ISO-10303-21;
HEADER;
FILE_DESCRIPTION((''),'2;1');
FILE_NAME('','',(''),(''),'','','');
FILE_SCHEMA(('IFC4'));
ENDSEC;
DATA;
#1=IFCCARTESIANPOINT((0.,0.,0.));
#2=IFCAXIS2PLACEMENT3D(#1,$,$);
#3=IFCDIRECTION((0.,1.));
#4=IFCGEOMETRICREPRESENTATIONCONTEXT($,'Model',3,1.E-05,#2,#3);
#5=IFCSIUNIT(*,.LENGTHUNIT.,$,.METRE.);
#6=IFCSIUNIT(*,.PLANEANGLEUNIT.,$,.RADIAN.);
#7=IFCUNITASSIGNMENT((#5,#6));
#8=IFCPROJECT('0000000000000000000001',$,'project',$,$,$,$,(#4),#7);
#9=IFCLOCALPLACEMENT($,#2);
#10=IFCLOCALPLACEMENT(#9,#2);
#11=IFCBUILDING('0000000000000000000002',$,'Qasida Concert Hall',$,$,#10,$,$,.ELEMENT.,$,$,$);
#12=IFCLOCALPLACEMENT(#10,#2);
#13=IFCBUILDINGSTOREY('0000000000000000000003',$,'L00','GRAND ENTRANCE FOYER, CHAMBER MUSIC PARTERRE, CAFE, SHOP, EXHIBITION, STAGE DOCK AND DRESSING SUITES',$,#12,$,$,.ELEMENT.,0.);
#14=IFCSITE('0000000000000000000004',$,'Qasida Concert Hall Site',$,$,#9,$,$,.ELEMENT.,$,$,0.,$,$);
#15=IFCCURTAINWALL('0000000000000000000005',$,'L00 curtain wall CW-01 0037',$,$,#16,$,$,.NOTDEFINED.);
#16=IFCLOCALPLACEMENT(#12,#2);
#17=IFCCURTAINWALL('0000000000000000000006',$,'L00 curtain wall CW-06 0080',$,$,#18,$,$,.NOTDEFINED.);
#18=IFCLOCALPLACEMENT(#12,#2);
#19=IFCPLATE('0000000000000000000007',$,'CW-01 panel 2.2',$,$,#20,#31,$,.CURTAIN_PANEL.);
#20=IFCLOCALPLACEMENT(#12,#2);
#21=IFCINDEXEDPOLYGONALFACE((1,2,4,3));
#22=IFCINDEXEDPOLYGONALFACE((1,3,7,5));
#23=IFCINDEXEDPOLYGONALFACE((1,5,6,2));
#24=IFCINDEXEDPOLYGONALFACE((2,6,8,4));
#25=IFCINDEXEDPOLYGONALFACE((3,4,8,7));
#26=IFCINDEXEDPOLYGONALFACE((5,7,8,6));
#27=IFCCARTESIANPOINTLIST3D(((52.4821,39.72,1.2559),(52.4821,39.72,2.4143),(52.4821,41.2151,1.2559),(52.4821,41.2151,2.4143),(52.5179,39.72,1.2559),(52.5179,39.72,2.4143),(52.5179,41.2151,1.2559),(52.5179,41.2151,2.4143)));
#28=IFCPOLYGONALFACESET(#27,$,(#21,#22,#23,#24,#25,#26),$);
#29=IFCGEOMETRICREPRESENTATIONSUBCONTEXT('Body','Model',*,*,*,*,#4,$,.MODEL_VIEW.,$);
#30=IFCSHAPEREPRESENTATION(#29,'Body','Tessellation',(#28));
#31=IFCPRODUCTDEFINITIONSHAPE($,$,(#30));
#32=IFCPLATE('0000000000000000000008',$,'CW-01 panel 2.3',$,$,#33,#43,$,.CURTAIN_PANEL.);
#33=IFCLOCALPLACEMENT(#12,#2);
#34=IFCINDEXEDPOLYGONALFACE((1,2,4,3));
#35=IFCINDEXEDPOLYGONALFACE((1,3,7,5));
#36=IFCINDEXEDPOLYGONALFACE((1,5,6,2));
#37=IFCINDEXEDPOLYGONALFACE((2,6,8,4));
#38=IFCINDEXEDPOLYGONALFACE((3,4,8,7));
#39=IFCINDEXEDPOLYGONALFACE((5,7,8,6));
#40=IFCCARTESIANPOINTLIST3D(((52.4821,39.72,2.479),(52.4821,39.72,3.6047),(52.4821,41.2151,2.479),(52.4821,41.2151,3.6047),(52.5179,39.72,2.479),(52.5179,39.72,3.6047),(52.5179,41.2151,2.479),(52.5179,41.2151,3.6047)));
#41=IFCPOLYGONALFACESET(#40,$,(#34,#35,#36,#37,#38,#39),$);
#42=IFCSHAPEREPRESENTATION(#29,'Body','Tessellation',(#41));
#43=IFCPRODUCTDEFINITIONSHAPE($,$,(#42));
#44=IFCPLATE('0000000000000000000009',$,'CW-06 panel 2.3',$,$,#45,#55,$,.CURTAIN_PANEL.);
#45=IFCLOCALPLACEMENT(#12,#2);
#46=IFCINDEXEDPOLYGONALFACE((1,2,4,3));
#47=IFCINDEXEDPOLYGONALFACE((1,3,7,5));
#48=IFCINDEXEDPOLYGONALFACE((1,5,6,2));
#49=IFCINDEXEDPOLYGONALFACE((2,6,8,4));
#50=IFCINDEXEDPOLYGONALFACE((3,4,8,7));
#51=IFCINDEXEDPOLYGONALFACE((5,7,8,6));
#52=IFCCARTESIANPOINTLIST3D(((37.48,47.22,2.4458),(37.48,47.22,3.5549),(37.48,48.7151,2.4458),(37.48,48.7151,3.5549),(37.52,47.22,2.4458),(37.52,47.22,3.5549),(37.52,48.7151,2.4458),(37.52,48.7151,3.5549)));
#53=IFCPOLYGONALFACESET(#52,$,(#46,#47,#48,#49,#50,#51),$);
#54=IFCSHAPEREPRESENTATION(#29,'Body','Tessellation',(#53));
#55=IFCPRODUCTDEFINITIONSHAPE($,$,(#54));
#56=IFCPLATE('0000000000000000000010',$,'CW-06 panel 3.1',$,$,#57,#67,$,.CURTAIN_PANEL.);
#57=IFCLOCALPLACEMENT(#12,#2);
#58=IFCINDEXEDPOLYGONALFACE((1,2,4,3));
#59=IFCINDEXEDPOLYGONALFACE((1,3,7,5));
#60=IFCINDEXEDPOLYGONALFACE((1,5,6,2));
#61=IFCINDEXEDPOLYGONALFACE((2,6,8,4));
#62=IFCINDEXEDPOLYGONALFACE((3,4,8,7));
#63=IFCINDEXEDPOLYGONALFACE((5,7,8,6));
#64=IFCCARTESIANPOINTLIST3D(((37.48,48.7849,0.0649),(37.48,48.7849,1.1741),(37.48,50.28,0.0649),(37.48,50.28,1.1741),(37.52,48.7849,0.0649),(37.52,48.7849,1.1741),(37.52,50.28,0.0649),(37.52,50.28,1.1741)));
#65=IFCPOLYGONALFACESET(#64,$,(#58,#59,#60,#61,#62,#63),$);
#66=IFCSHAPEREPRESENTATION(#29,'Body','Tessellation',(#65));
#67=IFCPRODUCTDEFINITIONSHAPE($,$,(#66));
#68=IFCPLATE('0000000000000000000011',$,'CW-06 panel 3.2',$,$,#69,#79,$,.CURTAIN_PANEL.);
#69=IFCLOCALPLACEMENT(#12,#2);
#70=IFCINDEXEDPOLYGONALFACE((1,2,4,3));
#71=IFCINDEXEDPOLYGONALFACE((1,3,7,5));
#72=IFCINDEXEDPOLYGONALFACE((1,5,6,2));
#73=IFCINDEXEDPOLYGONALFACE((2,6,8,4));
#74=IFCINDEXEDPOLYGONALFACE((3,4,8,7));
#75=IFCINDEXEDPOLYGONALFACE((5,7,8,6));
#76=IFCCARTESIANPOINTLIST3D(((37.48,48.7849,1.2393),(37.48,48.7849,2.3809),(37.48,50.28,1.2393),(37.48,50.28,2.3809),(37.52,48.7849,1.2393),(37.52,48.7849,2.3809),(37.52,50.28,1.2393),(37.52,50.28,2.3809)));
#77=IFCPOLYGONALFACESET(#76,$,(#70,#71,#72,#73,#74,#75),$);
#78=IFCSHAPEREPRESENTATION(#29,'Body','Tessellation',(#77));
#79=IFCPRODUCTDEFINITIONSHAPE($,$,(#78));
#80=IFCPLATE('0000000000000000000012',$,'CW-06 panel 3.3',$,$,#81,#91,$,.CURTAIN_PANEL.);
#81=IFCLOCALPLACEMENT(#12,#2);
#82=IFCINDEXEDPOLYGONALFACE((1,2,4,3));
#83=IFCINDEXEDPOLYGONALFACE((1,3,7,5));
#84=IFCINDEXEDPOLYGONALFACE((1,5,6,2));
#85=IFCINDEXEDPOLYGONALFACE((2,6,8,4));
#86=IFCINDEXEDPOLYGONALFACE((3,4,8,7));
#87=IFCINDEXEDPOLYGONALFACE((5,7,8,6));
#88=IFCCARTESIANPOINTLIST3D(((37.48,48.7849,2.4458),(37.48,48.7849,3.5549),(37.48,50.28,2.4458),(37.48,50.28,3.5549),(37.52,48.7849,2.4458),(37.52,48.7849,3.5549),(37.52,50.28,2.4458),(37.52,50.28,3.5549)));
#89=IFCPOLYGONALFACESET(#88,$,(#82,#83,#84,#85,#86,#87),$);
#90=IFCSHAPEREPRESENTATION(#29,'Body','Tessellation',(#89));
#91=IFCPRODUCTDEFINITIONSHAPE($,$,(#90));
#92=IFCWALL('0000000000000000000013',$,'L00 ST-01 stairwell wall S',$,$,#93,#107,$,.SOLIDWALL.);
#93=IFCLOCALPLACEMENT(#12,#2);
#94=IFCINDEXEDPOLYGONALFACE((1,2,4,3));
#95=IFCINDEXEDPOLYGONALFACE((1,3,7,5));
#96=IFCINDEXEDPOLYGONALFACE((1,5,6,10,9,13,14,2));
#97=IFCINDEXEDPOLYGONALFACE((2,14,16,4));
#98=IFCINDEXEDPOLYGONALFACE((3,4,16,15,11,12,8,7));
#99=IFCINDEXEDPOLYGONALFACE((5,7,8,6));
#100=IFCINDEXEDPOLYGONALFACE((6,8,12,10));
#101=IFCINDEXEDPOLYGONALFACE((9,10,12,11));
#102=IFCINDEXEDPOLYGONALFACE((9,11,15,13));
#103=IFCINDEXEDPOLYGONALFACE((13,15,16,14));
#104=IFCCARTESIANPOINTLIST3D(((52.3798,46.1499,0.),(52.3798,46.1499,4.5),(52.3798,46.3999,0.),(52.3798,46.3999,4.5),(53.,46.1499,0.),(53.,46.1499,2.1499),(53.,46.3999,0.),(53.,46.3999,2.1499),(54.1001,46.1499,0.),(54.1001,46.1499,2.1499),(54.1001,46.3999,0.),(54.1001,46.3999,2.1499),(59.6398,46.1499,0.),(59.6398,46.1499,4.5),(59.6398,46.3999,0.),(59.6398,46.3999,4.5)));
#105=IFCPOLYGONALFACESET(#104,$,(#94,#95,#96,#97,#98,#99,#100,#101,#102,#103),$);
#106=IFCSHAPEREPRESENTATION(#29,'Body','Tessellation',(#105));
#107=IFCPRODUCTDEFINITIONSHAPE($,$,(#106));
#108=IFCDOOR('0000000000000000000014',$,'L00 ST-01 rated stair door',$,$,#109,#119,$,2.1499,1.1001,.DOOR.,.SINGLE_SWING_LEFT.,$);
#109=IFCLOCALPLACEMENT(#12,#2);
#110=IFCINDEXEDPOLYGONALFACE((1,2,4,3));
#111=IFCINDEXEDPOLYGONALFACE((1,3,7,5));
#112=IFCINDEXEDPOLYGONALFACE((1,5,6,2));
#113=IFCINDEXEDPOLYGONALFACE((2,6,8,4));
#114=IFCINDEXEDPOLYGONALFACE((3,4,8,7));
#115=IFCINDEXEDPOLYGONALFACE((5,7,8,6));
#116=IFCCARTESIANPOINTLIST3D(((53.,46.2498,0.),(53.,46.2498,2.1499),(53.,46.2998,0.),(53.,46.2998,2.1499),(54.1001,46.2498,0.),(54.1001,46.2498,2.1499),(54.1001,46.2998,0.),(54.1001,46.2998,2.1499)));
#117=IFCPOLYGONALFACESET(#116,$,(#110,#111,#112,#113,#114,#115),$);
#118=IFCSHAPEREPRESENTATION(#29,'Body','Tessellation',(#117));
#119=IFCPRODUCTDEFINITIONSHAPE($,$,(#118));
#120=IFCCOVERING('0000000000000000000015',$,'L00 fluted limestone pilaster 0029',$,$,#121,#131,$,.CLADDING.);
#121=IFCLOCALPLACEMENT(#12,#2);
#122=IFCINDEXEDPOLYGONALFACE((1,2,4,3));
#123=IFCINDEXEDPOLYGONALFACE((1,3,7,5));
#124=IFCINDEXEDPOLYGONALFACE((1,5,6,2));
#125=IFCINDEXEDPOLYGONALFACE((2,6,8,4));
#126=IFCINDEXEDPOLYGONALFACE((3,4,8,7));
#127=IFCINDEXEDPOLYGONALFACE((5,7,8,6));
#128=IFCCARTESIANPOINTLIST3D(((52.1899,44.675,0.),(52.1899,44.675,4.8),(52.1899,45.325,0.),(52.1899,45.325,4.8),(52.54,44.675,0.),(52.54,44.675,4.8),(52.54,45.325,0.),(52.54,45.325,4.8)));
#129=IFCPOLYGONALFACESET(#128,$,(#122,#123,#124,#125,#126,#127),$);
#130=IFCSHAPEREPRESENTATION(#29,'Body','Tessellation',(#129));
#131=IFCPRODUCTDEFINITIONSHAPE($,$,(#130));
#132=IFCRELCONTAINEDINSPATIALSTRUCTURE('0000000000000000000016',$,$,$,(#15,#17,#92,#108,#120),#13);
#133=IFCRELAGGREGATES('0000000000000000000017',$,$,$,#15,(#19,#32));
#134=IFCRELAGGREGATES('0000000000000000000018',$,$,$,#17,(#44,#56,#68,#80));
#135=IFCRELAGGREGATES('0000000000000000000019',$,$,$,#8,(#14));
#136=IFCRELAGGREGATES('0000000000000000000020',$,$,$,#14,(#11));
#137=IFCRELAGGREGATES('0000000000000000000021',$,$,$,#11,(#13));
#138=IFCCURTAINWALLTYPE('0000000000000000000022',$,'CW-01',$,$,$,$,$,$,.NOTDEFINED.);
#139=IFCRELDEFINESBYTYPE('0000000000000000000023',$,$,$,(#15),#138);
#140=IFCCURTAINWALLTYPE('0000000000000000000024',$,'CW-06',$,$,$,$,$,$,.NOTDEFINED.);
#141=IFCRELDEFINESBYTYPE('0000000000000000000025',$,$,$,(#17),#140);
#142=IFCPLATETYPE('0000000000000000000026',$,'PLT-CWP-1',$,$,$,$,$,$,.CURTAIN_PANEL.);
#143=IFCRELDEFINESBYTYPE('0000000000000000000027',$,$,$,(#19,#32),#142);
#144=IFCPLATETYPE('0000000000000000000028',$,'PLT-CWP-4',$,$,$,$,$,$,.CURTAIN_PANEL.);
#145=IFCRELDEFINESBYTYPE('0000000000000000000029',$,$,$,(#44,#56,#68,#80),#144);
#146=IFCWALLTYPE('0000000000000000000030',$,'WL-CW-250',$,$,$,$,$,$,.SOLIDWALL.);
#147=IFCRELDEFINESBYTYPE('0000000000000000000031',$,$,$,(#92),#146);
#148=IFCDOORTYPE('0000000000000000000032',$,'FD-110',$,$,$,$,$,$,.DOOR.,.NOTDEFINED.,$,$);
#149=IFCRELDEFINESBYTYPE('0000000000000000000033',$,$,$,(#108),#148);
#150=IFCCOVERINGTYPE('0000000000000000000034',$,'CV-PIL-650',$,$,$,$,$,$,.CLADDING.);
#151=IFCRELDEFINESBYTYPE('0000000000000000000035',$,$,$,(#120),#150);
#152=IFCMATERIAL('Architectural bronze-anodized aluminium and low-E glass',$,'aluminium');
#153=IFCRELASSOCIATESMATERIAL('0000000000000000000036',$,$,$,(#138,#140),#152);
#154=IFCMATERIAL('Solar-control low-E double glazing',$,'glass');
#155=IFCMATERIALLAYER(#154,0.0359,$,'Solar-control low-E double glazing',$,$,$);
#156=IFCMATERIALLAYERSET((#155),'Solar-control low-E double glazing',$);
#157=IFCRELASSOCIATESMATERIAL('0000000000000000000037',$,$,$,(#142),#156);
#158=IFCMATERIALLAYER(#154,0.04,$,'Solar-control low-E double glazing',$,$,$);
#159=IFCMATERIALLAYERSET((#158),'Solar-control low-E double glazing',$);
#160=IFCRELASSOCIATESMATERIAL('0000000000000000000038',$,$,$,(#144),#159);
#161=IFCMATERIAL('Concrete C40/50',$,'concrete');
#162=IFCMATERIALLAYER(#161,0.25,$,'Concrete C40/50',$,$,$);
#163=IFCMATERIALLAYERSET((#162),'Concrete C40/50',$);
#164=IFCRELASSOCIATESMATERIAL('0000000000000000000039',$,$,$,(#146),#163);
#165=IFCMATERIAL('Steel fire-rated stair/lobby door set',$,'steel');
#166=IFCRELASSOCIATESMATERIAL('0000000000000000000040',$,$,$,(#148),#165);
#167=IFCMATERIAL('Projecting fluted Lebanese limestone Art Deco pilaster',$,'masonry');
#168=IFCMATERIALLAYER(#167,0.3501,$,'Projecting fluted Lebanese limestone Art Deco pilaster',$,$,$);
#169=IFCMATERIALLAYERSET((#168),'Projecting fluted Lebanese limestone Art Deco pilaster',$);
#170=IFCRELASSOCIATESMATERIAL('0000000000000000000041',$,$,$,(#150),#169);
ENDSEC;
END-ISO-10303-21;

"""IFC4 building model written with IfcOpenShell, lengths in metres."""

from ifc_helpers import new_model, si_unit, direction, frame, frame_2d, origin, origin_2d, place, context, subcontext, project, spatial, rectangle, extrude, material, layer, layer_set, type_object, element, fill, aggregate, save


model = new_model("IFC4")

# Units and contexts
model_context = context("Model", 3, precision=1e-05, world=origin(), true_north=direction((0.0, 1.0)))
body_context = subcontext(model_context, "Body", "Model", "MODEL_VIEW")
ifc_project = project(units=[si_unit("LENGTHUNIT", "METRE"), si_unit("PLANEANGLEUNIT", "RADIAN")], contexts=[model_context])

# Site, building, storey
site_placement = place(None, origin())
site = spatial("IfcSite", under=ifc_project, at=site_placement, Name="Qasida Concert Hall Site", CompositionType="ELEMENT", RefElevation=0.0)
building_placement = place(site_placement, origin())
building = spatial("IfcBuilding", under=site, at=building_placement, Name="Qasida Concert Hall", CompositionType="ELEMENT")
storey_placement = place(building_placement, origin())
storey = spatial("IfcBuildingStorey", under=building, at=storey_placement, Name="L00", Description="GRAND ENTRANCE FOYER, CHAMBER MUSIC PARTERRE, CAFE, SHOP, EXHIBITION, STAGE DOCK AND DRESSING SUITES", CompositionType="ELEMENT", Elevation=0.0)

# Curtain walls
ifc_material_1 = material(Name="Architectural bronze-anodized aluminium and low-E glass", Category="aluminium")
curtain_wall_type_1 = type_object("IfcCurtainWallType", Name="CW-01", PredefinedType="NOTDEFINED", material=ifc_material_1)
curtain_wall_1_placement = place(storey_placement, origin())
curtain_wall_1 = element("IfcCurtainWall", 1, at=curtain_wall_1_placement, inside=storey, type_object=curtain_wall_type_1, Name="L00 curtain wall CW-01 0037", PredefinedType="NOTDEFINED")
curtain_wall_type_2 = type_object("IfcCurtainWallType", Name="CW-06", PredefinedType="NOTDEFINED", material=ifc_material_1)
curtain_wall_2_placement = place(storey_placement, origin())
curtain_wall_2 = element("IfcCurtainWall", 2, at=curtain_wall_2_placement, inside=storey, type_object=curtain_wall_type_2, Name="L00 curtain wall CW-06 0080", PredefinedType="NOTDEFINED")

# Plates
ifc_material_2 = material(Name="Solar-control low-E double glazing", Category="glass")
ifc_layer_1 = layer(ifc_material_2, 0.0359, Name="Solar-control low-E double glazing")
ifc_layer_set_1 = layer_set([ifc_layer_1], Name="Solar-control low-E double glazing")
plate_type_1 = type_object("IfcPlateType", Name="PLT-CWP-1", PredefinedType="CURTAIN_PANEL", material=ifc_layer_set_1)
plate_1_placement = place(storey_placement, frame((52.5, 40.4675, 1.2559), z_axis=(0.0, 0.0, 1.0), x_axis=(0.0, 1.0, 0.0)))
plate_1 = element("IfcPlate", 3, at=plate_1_placement, type_object=plate_type_1, Name="CW-01 panel 2.2", PredefinedType="CURTAIN_PANEL", context=body_context, shape_type="SweptSolid", body=[
    extrude(rectangle(XDim=1.4951, YDim=0.0359, at=origin_2d()), origin(), (0.0, 0.0, 1.0), 1.1584),
])
plate_2_placement = place(storey_placement, frame((52.5, 40.4675, 2.479), z_axis=(0.0, 0.0, 1.0), x_axis=(0.0, 1.0, 0.0)))
plate_2 = element("IfcPlate", 4, at=plate_2_placement, type_object=plate_type_1, Name="CW-01 panel 2.3", PredefinedType="CURTAIN_PANEL", context=body_context, shape_type="SweptSolid", body=[
    extrude(rectangle(XDim=1.4951, YDim=0.0359, at=origin_2d()), origin(), (0.0, 0.0, 1.0), 1.1257),
])
aggregate(curtain_wall_1, [plate_1, plate_2])
ifc_layer_2 = layer(ifc_material_2, 0.04, Name="Solar-control low-E double glazing")
ifc_layer_set_2 = layer_set([ifc_layer_2], Name="Solar-control low-E double glazing")
plate_type_2 = type_object("IfcPlateType", Name="PLT-CWP-4", PredefinedType="CURTAIN_PANEL", material=ifc_layer_set_2)
plate_3_placement = place(storey_placement, frame((37.5, 47.9675, 2.4458), z_axis=(0.0, 0.0, 1.0), x_axis=(0.0, 1.0, 0.0)))
plate_3 = element("IfcPlate", 5, at=plate_3_placement, type_object=plate_type_2, Name="CW-06 panel 2.3", PredefinedType="CURTAIN_PANEL", context=body_context, shape_type="SweptSolid", body=[
    extrude(rectangle(XDim=1.4951, YDim=0.04, at=origin_2d()), origin(), (0.0, 0.0, 1.0), 1.1091),
])
plate_4_placement = place(storey_placement, frame((37.5, 49.5325, 0.0649), z_axis=(0.0, 0.0, 1.0), x_axis=(0.0, 1.0, 0.0)))
plate_4 = element("IfcPlate", 6, at=plate_4_placement, type_object=plate_type_2, Name="CW-06 panel 3.1", PredefinedType="CURTAIN_PANEL", context=body_context, shape_type="SweptSolid", body=[
    extrude(rectangle(XDim=1.4951, YDim=0.04, at=origin_2d()), origin(), (0.0, 0.0, 1.0), 1.1091),
])
plate_5_placement = place(storey_placement, frame((37.5, 49.5325, 1.2393), z_axis=(0.0, 0.0, 1.0), x_axis=(0.0, 1.0, 0.0)))
plate_5 = element("IfcPlate", 7, at=plate_5_placement, type_object=plate_type_2, Name="CW-06 panel 3.2", PredefinedType="CURTAIN_PANEL", context=body_context, shape_type="SweptSolid", body=[
    extrude(rectangle(XDim=1.4951, YDim=0.04, at=origin_2d()), origin(), (0.0, 0.0, 1.0), 1.1416),
])
plate_6_placement = place(storey_placement, frame((37.5, 49.5325, 2.4458), z_axis=(0.0, 0.0, 1.0), x_axis=(0.0, 1.0, 0.0)))
plate_6 = element("IfcPlate", 8, at=plate_6_placement, type_object=plate_type_2, Name="CW-06 panel 3.3", PredefinedType="CURTAIN_PANEL", context=body_context, shape_type="SweptSolid", body=[
    extrude(rectangle(XDim=1.4951, YDim=0.04, at=origin_2d()), origin(), (0.0, 0.0, 1.0), 1.1091),
])
aggregate(curtain_wall_2, [plate_3, plate_4, plate_5, plate_6])

# Wall, opening, door
ifc_material_3 = material(Name="Concrete C40/50", Category="concrete")
ifc_layer_3 = layer(ifc_material_3, 0.25, Name="Concrete C40/50")
ifc_layer_set_3 = layer_set([ifc_layer_3], Name="Concrete C40/50")
wall_type = type_object("IfcWallType", Name="WL-CW-250", PredefinedType="SOLIDWALL", material=ifc_layer_set_3)
wall_placement = place(storey_placement, frame((52.3799, 46.2749, 0.0), z_axis=(0.0, 0.0, 1.0), x_axis=(1.0, 0.0, 0.0)))
wall = element("IfcWall", 9, at=wall_placement, inside=storey, type_object=wall_type, Name="L00 ST-01 stairwell wall S", PredefinedType="SOLIDWALL", context=body_context, shape_type="SweptSolid", body=[
    extrude(rectangle(XDim=7.26, YDim=0.25, at=frame_2d((3.6299, 0.0))), origin(), (0.0, 0.0, 1.0), 4.5),
])
opening_placement = place(wall_placement, frame((0.6201, 0.0, 0.0)))
opening = element("IfcOpeningElement", 10, at=opening_placement, cuts=wall, PredefinedType="OPENING", context=body_context, shape_type="SweptSolid", body=[
    extrude(rectangle(XDim=1.1001, YDim=2.1499, at=frame_2d((0.55, 1.075))), frame((0.0, 0.135, 0.0), z_axis=(0.0, -1.0, 0.0), x_axis=(1.0, 0.0, 0.0)), (0.0, 0.0, 1.0), 0.27),
])
ifc_material_4 = material(Name="Steel fire-rated stair/lobby door set", Category="steel")
door_type = type_object("IfcDoorType", Name="FD-110", OperationType="NOTDEFINED", PredefinedType="DOOR", material=ifc_material_4)
door_placement = place(opening_placement, origin())
door = element("IfcDoor", 11, at=door_placement, inside=storey, type_object=door_type, Name="L00 ST-01 rated stair door", OperationType="SINGLE_SWING_LEFT", OverallHeight=2.1499, OverallWidth=1.1001, PredefinedType="DOOR", context=body_context, shape_type="SweptSolid", body=[
    extrude(rectangle(XDim=1.1001, YDim=2.1499, at=frame_2d((0.55, 1.075))), frame((0.0, 0.0249, 0.0), z_axis=(0.0, -1.0, 0.0), x_axis=(1.0, 0.0, 0.0)), (0.0, 0.0, 1.0), 0.05),
])
fill(opening, door)

# Covering
ifc_material_5 = material(Name="Projecting fluted Lebanese limestone Art Deco pilaster", Category="masonry")
ifc_layer_4 = layer(ifc_material_5, 0.3501, Name="Projecting fluted Lebanese limestone Art Deco pilaster")
ifc_layer_set_4 = layer_set([ifc_layer_4], Name="Projecting fluted Lebanese limestone Art Deco pilaster")
covering_type = type_object("IfcCoveringType", Name="CV-PIL-650", PredefinedType="CLADDING", material=ifc_layer_set_4)
covering_placement = place(storey_placement, frame((52.365, 45.0, 0.0), z_axis=(0.0, 0.0, 1.0), x_axis=(1.0, 0.0, 0.0)))
element("IfcCovering", 12, at=covering_placement, inside=storey, type_object=covering_type, Name="L00 fluted limestone pilaster 0029", PredefinedType="CLADDING", context=body_context, shape_type="SweptSolid", body=[
    extrude(rectangle(XDim=0.3501, YDim=0.6499, at=origin_2d()), origin(), (0.0, 0.0, 1.0), 4.8),
])

save(model, "model.ifc")
